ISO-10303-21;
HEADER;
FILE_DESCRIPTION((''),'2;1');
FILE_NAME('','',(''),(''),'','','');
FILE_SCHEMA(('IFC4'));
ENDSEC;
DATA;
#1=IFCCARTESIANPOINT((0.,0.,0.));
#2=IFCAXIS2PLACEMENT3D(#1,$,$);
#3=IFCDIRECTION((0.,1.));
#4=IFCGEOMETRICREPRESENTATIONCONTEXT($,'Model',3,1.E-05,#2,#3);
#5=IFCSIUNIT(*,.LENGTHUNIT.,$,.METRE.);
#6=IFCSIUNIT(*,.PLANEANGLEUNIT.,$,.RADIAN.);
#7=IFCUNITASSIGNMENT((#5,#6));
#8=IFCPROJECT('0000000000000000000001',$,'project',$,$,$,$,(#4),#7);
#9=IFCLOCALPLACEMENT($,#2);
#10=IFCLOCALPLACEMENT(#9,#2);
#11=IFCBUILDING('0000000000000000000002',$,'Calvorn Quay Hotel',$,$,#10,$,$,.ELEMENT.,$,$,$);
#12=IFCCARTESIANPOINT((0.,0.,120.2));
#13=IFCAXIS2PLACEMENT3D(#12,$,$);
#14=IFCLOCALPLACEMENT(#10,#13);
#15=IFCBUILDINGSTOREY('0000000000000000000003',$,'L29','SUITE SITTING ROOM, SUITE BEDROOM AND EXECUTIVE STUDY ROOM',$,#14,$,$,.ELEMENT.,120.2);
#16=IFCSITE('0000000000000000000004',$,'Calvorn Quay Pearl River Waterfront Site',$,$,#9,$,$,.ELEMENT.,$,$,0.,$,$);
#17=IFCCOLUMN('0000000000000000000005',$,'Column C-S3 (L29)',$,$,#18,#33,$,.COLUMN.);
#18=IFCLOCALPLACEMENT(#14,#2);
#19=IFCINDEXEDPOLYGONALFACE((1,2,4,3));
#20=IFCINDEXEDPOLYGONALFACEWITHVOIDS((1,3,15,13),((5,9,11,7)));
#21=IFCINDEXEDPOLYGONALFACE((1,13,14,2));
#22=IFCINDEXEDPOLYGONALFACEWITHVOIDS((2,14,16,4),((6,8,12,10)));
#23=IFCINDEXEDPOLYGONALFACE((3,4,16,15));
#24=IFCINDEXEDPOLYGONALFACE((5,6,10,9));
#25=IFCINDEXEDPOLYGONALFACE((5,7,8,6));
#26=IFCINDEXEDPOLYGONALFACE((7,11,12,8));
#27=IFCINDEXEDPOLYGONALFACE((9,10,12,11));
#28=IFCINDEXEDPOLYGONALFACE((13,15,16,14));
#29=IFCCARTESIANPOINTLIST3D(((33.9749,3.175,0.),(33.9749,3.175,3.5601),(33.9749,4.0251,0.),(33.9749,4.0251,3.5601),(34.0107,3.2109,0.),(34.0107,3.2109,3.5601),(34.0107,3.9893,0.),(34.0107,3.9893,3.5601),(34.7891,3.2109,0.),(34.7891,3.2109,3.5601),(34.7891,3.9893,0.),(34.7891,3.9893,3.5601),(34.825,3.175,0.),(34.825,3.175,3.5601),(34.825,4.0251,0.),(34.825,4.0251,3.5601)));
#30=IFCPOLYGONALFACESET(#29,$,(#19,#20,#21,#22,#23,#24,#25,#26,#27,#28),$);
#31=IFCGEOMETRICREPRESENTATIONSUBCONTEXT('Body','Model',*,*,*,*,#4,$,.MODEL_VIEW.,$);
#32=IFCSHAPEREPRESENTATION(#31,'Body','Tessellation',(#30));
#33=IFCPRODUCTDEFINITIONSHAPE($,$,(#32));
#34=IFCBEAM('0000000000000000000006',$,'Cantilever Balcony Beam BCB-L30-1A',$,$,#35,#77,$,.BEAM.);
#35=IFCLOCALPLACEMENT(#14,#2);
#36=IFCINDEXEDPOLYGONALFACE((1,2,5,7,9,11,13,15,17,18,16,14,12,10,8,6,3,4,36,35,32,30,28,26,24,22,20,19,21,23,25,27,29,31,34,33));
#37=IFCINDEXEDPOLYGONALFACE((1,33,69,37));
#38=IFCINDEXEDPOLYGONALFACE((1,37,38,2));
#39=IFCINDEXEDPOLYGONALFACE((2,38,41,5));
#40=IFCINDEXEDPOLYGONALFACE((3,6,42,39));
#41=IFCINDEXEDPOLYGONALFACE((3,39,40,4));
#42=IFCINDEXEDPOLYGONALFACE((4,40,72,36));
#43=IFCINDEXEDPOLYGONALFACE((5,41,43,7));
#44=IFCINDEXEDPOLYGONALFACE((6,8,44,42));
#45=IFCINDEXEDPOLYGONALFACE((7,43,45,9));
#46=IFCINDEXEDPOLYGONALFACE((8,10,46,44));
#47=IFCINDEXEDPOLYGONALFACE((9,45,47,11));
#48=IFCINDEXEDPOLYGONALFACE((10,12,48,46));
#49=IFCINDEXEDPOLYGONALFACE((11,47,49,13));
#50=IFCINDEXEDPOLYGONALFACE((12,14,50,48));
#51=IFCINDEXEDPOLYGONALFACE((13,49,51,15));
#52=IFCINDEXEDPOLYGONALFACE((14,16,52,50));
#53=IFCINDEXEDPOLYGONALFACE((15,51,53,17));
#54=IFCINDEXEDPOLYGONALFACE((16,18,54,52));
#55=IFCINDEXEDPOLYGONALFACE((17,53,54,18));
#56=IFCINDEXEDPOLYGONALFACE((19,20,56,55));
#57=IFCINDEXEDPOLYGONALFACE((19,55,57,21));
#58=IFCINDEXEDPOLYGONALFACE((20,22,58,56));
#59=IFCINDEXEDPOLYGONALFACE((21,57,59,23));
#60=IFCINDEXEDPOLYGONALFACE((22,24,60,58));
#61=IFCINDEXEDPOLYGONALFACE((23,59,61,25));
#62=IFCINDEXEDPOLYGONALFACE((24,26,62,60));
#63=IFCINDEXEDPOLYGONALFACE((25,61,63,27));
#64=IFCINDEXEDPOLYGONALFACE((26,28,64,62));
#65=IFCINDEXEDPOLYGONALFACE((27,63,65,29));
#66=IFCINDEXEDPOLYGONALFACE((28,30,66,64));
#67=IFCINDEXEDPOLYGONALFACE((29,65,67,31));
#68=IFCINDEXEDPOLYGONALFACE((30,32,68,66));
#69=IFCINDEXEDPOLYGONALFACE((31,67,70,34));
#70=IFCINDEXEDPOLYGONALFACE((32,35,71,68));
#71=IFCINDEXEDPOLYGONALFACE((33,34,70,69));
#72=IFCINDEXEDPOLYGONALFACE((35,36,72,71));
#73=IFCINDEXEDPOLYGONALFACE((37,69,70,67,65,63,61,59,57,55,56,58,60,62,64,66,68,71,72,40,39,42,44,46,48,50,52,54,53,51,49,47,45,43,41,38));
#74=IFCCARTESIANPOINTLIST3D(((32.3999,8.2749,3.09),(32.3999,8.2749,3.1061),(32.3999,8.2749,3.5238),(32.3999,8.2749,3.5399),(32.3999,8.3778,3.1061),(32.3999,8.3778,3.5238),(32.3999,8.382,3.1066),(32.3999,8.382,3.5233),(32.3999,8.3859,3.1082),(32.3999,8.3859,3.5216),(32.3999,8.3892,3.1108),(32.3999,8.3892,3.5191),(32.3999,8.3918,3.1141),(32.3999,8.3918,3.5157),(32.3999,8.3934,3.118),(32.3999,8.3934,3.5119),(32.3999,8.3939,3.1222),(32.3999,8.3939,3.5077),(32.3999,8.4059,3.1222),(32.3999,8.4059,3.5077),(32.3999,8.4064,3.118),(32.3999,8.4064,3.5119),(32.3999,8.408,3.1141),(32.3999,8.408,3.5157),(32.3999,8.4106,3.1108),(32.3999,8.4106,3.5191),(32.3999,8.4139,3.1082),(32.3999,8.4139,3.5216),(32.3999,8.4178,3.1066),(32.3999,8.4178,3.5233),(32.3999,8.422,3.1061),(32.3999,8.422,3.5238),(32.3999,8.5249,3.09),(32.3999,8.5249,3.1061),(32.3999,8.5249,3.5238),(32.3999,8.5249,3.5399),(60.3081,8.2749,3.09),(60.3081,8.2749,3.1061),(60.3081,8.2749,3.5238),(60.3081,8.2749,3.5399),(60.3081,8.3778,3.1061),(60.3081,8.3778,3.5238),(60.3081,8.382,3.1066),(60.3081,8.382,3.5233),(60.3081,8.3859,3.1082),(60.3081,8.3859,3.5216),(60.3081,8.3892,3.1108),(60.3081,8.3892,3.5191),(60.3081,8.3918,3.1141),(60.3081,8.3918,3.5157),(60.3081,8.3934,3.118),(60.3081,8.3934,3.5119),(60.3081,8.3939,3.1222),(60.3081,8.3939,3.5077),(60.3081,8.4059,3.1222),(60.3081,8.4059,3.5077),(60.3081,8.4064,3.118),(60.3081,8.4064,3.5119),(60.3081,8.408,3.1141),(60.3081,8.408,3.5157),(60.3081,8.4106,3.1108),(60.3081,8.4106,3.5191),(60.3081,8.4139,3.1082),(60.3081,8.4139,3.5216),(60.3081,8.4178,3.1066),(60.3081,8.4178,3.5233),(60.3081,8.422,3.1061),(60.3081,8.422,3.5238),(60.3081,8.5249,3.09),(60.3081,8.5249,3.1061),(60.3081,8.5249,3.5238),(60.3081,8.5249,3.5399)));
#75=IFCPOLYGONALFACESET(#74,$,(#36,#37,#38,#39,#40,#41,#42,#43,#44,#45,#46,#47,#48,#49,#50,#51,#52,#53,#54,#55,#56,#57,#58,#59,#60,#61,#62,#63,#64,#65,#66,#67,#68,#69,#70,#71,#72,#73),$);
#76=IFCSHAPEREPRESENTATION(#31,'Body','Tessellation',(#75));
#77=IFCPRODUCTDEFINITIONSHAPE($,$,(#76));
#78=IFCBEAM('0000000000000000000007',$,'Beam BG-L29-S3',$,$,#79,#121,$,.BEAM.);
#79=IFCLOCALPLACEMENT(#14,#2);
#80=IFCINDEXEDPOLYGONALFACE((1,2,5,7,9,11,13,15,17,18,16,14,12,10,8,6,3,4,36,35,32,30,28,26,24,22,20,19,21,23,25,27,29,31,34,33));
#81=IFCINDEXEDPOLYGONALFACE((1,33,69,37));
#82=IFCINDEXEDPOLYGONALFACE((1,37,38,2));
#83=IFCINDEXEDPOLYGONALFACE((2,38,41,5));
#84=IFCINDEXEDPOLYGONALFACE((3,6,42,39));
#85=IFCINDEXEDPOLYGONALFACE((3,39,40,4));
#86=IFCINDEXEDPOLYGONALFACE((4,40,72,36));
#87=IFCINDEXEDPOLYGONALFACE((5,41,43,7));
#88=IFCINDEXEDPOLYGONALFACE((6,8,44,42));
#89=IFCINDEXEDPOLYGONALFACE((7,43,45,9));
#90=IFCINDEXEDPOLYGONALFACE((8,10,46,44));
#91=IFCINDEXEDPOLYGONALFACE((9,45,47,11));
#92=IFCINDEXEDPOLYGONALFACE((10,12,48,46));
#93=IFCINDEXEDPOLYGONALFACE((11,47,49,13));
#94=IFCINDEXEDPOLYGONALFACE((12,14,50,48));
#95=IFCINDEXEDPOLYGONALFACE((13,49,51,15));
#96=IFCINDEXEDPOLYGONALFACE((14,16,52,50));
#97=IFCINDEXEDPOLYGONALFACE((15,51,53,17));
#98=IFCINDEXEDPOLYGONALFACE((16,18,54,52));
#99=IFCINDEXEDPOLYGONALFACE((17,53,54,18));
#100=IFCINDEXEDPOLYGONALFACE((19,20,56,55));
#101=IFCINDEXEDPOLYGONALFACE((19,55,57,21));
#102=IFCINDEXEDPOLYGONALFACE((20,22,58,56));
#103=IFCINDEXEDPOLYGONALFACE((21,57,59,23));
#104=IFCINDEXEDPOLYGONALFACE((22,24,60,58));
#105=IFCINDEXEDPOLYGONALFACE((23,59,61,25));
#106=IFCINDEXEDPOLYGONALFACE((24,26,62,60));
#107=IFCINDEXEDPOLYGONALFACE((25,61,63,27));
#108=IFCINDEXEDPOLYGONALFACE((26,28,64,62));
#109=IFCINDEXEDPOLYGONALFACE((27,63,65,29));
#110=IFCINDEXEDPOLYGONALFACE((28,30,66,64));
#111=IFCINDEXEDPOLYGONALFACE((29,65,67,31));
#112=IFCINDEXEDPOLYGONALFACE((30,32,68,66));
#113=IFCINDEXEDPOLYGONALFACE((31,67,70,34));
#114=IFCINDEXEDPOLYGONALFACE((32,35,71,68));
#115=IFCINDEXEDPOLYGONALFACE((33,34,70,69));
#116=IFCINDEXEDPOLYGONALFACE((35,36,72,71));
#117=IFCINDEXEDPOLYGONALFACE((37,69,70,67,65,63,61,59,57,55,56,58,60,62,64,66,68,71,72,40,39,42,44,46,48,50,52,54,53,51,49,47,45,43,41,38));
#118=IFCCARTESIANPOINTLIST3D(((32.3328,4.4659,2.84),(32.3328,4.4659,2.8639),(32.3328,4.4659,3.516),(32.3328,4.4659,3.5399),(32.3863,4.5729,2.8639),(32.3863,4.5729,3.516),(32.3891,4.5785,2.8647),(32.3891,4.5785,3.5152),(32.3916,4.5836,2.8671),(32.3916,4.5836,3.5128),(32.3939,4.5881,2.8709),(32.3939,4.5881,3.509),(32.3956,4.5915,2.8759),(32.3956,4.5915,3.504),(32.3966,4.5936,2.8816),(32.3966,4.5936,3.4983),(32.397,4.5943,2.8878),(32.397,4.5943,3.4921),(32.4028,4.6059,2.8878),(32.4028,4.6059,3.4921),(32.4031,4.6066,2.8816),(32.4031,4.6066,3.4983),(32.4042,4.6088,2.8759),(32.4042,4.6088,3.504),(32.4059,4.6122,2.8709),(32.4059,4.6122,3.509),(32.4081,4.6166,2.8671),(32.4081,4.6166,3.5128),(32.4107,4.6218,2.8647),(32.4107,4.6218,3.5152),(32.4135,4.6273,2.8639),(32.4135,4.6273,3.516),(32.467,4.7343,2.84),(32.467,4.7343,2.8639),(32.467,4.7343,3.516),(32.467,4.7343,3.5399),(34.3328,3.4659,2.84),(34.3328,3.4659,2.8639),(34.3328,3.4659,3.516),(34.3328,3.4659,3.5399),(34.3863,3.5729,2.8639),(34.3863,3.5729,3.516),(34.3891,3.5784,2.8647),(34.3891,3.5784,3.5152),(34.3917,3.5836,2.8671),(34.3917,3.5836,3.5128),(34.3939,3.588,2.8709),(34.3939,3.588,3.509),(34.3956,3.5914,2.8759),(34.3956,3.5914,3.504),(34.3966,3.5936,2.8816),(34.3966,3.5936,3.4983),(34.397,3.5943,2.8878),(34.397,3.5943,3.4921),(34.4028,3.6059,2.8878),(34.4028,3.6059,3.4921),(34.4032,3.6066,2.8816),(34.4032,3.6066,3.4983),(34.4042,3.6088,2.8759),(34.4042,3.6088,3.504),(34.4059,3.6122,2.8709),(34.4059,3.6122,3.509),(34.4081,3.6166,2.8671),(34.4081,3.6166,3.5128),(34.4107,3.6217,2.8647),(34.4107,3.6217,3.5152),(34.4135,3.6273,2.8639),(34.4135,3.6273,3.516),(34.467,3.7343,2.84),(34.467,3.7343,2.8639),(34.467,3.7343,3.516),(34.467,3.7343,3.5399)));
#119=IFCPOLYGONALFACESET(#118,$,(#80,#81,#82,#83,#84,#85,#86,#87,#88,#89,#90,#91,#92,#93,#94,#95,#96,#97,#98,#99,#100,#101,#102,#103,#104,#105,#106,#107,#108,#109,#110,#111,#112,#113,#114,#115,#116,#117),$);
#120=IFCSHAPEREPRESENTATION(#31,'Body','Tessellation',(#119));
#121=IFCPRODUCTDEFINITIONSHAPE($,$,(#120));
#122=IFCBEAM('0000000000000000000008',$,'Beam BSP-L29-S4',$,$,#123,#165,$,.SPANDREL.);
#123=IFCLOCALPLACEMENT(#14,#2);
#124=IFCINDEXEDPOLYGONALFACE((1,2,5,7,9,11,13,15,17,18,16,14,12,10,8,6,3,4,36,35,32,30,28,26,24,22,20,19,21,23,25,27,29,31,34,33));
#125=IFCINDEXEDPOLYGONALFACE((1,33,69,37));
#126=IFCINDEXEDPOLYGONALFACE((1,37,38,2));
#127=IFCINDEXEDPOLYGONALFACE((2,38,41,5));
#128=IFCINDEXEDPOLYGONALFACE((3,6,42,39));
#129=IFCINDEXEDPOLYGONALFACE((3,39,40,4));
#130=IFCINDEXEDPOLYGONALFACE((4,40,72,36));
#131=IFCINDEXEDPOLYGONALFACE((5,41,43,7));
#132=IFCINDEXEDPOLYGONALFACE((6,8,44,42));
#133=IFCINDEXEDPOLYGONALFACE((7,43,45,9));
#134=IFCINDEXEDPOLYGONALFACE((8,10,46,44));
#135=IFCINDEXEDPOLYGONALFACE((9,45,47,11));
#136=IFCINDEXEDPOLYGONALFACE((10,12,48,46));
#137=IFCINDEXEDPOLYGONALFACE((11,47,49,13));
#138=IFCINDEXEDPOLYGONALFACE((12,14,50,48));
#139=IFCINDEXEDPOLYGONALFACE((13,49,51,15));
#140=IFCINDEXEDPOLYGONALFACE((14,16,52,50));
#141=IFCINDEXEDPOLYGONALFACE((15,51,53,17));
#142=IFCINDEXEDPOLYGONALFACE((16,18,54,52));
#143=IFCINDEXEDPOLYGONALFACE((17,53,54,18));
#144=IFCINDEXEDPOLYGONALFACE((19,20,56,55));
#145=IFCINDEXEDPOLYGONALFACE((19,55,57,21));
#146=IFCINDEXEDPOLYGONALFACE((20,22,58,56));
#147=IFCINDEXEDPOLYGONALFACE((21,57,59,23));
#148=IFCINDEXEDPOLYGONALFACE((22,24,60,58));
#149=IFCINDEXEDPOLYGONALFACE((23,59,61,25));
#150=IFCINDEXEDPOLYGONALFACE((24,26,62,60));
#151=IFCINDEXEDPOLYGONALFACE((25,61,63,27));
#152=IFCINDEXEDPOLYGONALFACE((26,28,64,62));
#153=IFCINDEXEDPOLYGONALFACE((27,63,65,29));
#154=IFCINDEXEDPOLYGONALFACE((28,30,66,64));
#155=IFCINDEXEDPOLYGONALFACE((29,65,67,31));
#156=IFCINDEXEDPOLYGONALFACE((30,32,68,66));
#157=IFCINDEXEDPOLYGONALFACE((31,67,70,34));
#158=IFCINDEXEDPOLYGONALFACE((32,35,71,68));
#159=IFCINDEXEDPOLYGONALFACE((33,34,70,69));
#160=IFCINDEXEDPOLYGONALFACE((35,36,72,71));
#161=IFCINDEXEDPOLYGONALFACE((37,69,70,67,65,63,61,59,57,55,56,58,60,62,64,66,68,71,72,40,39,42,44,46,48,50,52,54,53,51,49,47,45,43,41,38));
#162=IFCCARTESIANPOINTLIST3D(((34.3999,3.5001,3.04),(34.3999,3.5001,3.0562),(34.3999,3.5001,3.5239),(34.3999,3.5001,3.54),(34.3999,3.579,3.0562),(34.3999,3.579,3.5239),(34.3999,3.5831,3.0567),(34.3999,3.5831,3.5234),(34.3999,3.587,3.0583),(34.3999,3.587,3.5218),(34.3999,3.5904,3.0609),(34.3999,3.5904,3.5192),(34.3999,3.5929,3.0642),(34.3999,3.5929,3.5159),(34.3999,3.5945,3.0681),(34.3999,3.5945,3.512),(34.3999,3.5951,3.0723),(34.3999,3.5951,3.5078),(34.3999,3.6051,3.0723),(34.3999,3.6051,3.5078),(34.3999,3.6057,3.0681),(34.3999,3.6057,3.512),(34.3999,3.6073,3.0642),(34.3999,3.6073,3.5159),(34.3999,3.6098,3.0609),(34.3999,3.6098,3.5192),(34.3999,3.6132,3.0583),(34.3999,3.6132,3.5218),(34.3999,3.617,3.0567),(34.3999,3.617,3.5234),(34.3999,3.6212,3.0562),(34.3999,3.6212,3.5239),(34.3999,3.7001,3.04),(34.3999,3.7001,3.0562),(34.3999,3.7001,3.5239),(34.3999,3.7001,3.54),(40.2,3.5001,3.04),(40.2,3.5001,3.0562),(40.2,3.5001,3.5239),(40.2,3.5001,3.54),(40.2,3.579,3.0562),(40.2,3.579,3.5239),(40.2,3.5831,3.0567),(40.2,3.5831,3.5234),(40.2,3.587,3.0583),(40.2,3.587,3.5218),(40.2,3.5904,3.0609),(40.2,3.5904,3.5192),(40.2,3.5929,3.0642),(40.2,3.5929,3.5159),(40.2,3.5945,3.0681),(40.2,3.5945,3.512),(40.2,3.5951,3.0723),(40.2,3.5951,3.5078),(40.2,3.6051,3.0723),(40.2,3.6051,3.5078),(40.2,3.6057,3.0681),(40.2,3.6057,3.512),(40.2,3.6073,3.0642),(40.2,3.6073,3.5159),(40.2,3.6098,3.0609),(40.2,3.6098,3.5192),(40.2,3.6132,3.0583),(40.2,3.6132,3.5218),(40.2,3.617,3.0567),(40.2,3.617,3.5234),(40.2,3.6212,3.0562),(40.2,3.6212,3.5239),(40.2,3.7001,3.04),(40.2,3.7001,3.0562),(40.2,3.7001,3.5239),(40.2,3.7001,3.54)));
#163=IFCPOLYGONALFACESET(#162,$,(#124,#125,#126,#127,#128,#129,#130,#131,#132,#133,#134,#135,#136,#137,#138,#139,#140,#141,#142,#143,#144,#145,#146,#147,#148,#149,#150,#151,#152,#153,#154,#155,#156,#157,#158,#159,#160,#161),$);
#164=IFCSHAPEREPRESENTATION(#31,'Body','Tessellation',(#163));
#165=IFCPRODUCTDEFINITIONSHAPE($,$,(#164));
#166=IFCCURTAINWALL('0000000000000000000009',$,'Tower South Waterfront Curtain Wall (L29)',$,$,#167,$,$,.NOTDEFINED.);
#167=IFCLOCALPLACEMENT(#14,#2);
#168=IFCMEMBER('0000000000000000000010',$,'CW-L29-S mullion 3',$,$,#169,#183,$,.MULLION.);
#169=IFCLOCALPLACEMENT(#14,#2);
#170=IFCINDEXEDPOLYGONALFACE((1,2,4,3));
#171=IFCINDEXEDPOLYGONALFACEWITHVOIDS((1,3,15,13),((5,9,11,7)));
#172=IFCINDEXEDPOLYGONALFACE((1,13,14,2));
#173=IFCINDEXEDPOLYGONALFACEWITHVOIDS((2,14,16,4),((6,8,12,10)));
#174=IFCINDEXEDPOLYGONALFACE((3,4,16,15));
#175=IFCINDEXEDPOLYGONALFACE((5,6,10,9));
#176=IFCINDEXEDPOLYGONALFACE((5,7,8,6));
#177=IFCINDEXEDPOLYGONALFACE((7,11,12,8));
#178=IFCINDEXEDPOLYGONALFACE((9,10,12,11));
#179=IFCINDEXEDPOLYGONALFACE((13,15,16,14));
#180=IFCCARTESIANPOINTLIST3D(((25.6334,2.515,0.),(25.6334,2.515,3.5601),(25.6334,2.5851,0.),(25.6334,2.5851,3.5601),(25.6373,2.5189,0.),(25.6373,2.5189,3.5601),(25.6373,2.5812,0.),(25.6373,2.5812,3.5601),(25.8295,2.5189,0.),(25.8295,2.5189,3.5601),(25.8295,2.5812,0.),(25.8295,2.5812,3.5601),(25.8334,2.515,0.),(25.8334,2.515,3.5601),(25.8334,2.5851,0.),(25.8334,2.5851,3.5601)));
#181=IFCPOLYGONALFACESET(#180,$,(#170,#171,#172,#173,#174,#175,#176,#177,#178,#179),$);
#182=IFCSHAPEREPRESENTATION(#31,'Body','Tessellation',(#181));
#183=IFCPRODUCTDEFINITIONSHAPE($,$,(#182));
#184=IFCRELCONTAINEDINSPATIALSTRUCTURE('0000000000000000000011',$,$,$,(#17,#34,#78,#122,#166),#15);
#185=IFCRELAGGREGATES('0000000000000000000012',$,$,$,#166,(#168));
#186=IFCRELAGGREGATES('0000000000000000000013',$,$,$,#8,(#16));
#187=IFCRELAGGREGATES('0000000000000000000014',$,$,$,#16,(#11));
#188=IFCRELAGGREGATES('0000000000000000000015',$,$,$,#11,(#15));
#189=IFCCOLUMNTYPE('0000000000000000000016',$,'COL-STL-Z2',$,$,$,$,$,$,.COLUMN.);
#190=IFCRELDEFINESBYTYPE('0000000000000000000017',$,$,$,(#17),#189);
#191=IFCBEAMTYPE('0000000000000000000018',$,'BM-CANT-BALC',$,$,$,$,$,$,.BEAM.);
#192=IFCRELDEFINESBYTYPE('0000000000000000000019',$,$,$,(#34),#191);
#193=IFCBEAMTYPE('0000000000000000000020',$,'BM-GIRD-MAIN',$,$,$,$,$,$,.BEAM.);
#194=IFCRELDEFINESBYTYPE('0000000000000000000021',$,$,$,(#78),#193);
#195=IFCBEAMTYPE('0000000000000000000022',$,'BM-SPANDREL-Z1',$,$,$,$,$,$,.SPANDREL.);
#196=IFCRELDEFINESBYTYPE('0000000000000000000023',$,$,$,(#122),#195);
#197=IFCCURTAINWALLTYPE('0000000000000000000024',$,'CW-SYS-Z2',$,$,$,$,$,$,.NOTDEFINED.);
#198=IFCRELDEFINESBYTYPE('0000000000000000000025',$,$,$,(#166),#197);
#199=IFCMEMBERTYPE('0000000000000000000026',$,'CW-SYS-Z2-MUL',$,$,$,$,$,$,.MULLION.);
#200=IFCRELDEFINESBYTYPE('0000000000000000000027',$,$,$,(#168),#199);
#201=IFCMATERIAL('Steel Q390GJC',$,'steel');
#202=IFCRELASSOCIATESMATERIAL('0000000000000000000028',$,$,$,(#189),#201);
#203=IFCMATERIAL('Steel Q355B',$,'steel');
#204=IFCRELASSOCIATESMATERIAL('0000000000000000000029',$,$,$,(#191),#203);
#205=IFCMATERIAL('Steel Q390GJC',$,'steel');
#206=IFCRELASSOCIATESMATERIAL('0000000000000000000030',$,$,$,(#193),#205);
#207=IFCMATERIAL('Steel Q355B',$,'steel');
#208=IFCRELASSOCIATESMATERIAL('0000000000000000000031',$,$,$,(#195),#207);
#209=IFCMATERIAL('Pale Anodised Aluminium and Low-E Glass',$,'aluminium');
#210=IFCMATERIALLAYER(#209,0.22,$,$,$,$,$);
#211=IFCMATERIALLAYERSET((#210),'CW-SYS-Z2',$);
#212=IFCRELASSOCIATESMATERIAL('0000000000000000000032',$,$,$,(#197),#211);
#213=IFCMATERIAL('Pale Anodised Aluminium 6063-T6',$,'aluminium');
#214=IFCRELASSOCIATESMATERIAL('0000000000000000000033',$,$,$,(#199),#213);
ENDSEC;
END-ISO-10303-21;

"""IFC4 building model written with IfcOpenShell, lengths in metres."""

from ifc_helpers import new_model, si_unit, direction, frame, origin, origin_2d, place, context, subcontext, project, spatial, hollow_rectangle, i_section, extrude, material, layer, layer_set, material_profile, profile_set, type_object, element, aggregate, save


model = new_model("IFC4")

# Units and contexts
model_context = context("Model", 3, precision=1e-05, world=origin(), true_north=direction((0.0, 1.0)))
body_context = subcontext(model_context, "Body", "Model", "MODEL_VIEW")
ifc_project = project(units=[si_unit("LENGTHUNIT", "METRE"), si_unit("PLANEANGLEUNIT", "RADIAN")], contexts=[model_context])

# Site, building, storey
site_placement = place(None, origin())
site = spatial("IfcSite", under=ifc_project, at=site_placement, Name="Calvorn Quay Pearl River Waterfront Site", CompositionType="ELEMENT", RefElevation=0.0)
building_placement = place(site_placement, origin())
building = spatial("IfcBuilding", under=site, at=building_placement, Name="Calvorn Quay Hotel", CompositionType="ELEMENT")
storey_placement = place(building_placement, frame((0.0, 0.0, 120.2)))
storey = spatial("IfcBuildingStorey", under=building, at=storey_placement, Name="L29", Description="SUITE SITTING ROOM, SUITE BEDROOM AND EXECUTIVE STUDY ROOM", CompositionType="ELEMENT", Elevation=120.2)

# Column
ifc_material_1 = material(Name="Steel Q390GJC", Category="steel")
ifc_material_profile_1 = material_profile(ifc_material_1, hollow_rectangle(XDim=0.8501, YDim=0.8501, WallThickness=0.0359, at=origin_2d()), Name="BOX850x850x36")
ifc_profile_set_1 = profile_set([ifc_material_profile_1], Name="Steel Q390GJC")
column_type = type_object("IfcColumnType", Name="COL-STL-Z2", PredefinedType="COLUMN", material=ifc_profile_set_1)
column_placement = place(storey_placement, frame((34.3999, 3.6001, 0.0), z_axis=(0.0, 0.0, 1.0), x_axis=(1.0, 0.0, 0.0)))
element("IfcColumn", 1, at=column_placement, inside=storey, type_object=column_type, Name="Column C-S3 (L29)", PredefinedType="COLUMN", context=body_context, shape_type="SweptSolid", body=[
    extrude(hollow_rectangle(XDim=0.8501, YDim=0.8501, WallThickness=0.0359, at=origin_2d()), origin(), (0.0, 0.0, 1.0), 3.5601),
])

# Beams
ifc_material_2 = material(Name="Steel Q355B", Category="steel")
ifc_material_profile_2 = material_profile(ifc_material_2, i_section(OverallWidth=0.25, OverallDepth=0.45, WebThickness=0.012, FlangeThickness=0.0161, FilletRadius=0.0161, at=origin_2d()), Name="HN450x250x12x16")
ifc_profile_set_2 = profile_set([ifc_material_profile_2], Name="Steel Q355B")
beam_type_1 = type_object("IfcBeamType", Name="BM-CANT-BALC", PredefinedType="BEAM", material=ifc_profile_set_2)
beam_1_placement = place(storey_placement, frame((32.3999, 8.3999, 3.3149), z_axis=(1.0, 0.0, 0.0), x_axis=(0.0, 1.0, 0.0)))
element("IfcBeam", 2, at=beam_1_placement, inside=storey, type_object=beam_type_1, Name="Cantilever Balcony Beam BCB-L30-1A", PredefinedType="BEAM", context=body_context, shape_type="SweptSolid", body=[
    extrude(i_section(OverallWidth=0.25, OverallDepth=0.45, WebThickness=0.012, FlangeThickness=0.0161, FilletRadius=0.0161, at=origin_2d()), origin(), (0.0, 0.0, 1.0), 27.9082),
])
ifc_material_3 = material(Name="Steel Q390GJC", Category="steel")
ifc_material_profile_3 = material_profile(ifc_material_3, i_section(OverallWidth=0.3, OverallDepth=0.7, WebThickness=0.0129, FlangeThickness=0.0239, FilletRadius=0.0239, at=origin_2d()), Name="HN700x300x13x24")
ifc_profile_set_3 = profile_set([ifc_material_profile_3], Name="Steel Q390GJC")
beam_type_2 = type_object("IfcBeamType", Name="BM-GIRD-MAIN", PredefinedType="BEAM", material=ifc_profile_set_3)
beam_2_placement = place(storey_placement, frame((34.3999, 3.6001, 3.1899), z_axis=(-0.894427, 0.447214, 0.0), x_axis=(-0.447214, -0.894427, 0.0)))
element("IfcBeam", 3, at=beam_2_placement, inside=storey, type_object=beam_type_2, Name="Beam BG-L29-S3", PredefinedType="BEAM", context=body_context, shape_type="SweptSolid", body=[
    extrude(i_section(OverallWidth=0.3, OverallDepth=0.7, WebThickness=0.0129, FlangeThickness=0.0239, FilletRadius=0.0239, at=origin_2d()), origin(), (0.0, 0.0, 1.0), 2.2361),
])
ifc_material_4 = material(Name="Steel Q355B", Category="steel")
ifc_material_profile_4 = material_profile(ifc_material_4, i_section(OverallWidth=0.2, OverallDepth=0.5, WebThickness=0.01, FlangeThickness=0.0161, FilletRadius=0.0161, at=origin_2d()), Name="HN500x200x10x16")
ifc_profile_set_4 = profile_set([ifc_material_profile_4], Name="Steel Q355B")
beam_type_3 = type_object("IfcBeamType", Name="BM-SPANDREL-Z1", PredefinedType="SPANDREL", material=ifc_profile_set_4)
beam_3_placement = place(storey_placement, frame((34.3999, 3.6001, 3.29), z_axis=(1.0, 0.0, 0.0), x_axis=(0.0, 1.0, 0.0)))
element("IfcBeam", 4, at=beam_3_placement, inside=storey, type_object=beam_type_3, Name="Beam BSP-L29-S4", PredefinedType="SPANDREL", context=body_context, shape_type="SweptSolid", body=[
    extrude(i_section(OverallWidth=0.2, OverallDepth=0.5, WebThickness=0.01, FlangeThickness=0.0161, FilletRadius=0.0161, at=origin_2d()), origin(), (0.0, 0.0, 1.0), 5.8),
])

# Curtain wall, member
ifc_material_5 = material(Name="Pale Anodised Aluminium and Low-E Glass", Category="aluminium")
ifc_layer_1 = layer(ifc_material_5, 0.22)
ifc_layer_set_1 = layer_set([ifc_layer_1], Name="CW-SYS-Z2")
curtain_wall_type = type_object("IfcCurtainWallType", Name="CW-SYS-Z2", PredefinedType="NOTDEFINED", material=ifc_layer_set_1)
curtain_wall_placement = place(storey_placement, origin())
curtain_wall = element("IfcCurtainWall", 5, at=curtain_wall_placement, inside=storey, type_object=curtain_wall_type, Name="Tower South Waterfront Curtain Wall (L29)", PredefinedType="NOTDEFINED")
ifc_material_6 = material(Name="Pale Anodised Aluminium 6063-T6", Category="aluminium")
ifc_material_profile_5 = material_profile(ifc_material_6, hollow_rectangle(XDim=0.0701, YDim=0.2, WallThickness=0.0039, at=origin_2d()), Name="ALU-M200x70x4")
ifc_profile_set_5 = profile_set([ifc_material_profile_5], Name="Pale Anodised Aluminium 6063-T6")
member_type_1 = type_object("IfcMemberType", Name="CW-SYS-Z2-MUL", PredefinedType="MULLION", material=ifc_profile_set_5)
member_1_placement = place(storey_placement, frame((25.7334, 2.55, 0.0), z_axis=(0.0, 0.0, 1.0), x_axis=(0.0, 1.0, 0.0)))
member_1 = element("IfcMember", 6, at=member_1_placement, type_object=member_type_1, Name="CW-L29-S mullion 3", PredefinedType="MULLION", context=body_context, shape_type="SweptSolid", body=[
    extrude(hollow_rectangle(XDim=0.0701, YDim=0.2, WallThickness=0.0039, at=origin_2d()), origin(), (0.0, 0.0, 1.0), 3.5601),
])
aggregate(curtain_wall, [member_1])

save(model, "model.ifc")
